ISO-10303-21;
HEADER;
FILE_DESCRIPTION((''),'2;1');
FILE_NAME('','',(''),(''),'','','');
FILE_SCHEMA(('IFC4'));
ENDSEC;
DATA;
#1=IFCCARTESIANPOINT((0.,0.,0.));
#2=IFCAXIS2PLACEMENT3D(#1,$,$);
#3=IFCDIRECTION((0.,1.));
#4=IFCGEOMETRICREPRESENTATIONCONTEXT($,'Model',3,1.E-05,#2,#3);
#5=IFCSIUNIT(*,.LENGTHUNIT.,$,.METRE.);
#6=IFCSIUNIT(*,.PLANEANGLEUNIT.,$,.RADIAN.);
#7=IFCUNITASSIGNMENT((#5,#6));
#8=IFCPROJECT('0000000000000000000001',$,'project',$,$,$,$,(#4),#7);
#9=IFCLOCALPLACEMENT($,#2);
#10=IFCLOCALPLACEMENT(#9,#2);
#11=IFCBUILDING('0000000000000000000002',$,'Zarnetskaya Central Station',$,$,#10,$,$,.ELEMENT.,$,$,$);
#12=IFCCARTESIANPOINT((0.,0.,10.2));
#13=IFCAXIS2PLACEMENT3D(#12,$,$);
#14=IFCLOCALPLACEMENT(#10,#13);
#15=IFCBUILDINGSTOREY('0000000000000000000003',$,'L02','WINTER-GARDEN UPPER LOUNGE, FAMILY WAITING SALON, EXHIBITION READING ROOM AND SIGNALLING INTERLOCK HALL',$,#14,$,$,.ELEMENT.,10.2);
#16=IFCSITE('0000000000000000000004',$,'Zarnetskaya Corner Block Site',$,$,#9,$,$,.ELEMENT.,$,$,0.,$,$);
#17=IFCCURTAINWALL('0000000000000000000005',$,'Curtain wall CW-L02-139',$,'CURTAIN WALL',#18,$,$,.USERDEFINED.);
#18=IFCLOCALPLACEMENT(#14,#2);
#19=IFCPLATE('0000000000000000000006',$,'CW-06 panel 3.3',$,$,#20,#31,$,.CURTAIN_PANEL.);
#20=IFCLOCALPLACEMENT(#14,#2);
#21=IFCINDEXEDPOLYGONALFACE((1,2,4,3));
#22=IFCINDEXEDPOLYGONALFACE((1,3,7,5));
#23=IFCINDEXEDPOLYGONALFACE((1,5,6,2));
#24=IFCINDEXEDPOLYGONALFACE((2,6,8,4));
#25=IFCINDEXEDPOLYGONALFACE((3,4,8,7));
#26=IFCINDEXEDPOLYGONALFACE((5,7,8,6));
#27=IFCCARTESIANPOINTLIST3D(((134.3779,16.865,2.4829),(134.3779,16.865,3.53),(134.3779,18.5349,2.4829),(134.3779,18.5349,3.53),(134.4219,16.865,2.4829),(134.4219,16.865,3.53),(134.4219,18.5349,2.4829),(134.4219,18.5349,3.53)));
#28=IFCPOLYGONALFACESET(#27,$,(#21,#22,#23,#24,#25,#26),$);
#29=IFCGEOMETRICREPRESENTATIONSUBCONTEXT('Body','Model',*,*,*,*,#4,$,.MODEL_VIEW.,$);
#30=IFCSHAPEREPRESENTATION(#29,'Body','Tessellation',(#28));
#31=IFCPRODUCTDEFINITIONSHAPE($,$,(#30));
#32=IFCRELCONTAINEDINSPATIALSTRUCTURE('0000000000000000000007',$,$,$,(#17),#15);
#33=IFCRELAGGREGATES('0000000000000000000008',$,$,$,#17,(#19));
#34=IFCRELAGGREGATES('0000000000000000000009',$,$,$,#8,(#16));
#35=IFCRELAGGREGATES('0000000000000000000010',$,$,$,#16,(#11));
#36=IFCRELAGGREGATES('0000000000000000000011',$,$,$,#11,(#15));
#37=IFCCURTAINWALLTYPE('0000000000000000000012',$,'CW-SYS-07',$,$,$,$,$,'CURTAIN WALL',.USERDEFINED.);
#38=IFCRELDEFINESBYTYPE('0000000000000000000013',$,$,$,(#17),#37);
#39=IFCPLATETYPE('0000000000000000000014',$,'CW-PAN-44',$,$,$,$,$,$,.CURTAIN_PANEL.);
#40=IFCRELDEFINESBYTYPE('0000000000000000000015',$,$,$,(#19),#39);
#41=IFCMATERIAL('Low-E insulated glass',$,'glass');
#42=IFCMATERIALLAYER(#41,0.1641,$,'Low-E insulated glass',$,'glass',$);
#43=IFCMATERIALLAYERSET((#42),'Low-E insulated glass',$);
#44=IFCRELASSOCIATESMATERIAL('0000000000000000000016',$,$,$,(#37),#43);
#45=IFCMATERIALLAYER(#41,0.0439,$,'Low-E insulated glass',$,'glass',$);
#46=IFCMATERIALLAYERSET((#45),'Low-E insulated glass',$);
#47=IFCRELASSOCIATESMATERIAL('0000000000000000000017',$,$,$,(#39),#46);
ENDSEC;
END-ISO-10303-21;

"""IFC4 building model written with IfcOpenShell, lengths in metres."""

from ifc_helpers import new_model, si_unit, direction, frame, origin, origin_2d, place, context, subcontext, project, spatial, rectangle, extrude, material, layer, layer_set, type_object, element, aggregate, save


model = new_model("IFC4")

# Units and contexts
model_context = context("Model", 3, precision=1e-05, world=origin(), true_north=direction((0.0, 1.0)))
body_context = subcontext(model_context, "Body", "Model", "MODEL_VIEW")
ifc_project = project(units=[si_unit("LENGTHUNIT", "METRE"), si_unit("PLANEANGLEUNIT", "RADIAN")], contexts=[model_context])

# Site, building, storey
site_placement = place(None, origin())
site = spatial("IfcSite", under=ifc_project, at=site_placement, Name="Zarnetskaya Corner Block Site", CompositionType="ELEMENT", RefElevation=0.0)
building_placement = place(site_placement, origin())
building = spatial("IfcBuilding", under=site, at=building_placement, Name="Zarnetskaya Central Station", CompositionType="ELEMENT")
storey_placement = place(building_placement, frame((0.0, 0.0, 10.2)))
storey = spatial("IfcBuildingStorey", under=building, at=storey_placement, Name="L02", Description="WINTER-GARDEN UPPER LOUNGE, FAMILY WAITING SALON, EXHIBITION READING ROOM AND SIGNALLING INTERLOCK HALL", CompositionType="ELEMENT", Elevation=10.2)

# Curtain wall
ifc_material_1 = material(Name="Low-E insulated glass", Category="glass")
ifc_layer_1 = layer(ifc_material_1, 0.1641, Name="Low-E insulated glass", Category="glass")
ifc_layer_set_1 = layer_set([ifc_layer_1], Name="Low-E insulated glass")
curtain_wall_type = type_object("IfcCurtainWallType", Name="CW-SYS-07", ElementType="CURTAIN WALL", PredefinedType="USERDEFINED", material=ifc_layer_set_1)
curtain_wall_placement = place(storey_placement, origin())
curtain_wall = element("IfcCurtainWall", 1, at=curtain_wall_placement, inside=storey, type_object=curtain_wall_type, Name="Curtain wall CW-L02-139", ObjectType="CURTAIN WALL", PredefinedType="USERDEFINED")

# Plate
ifc_layer_2 = layer(ifc_material_1, 0.0439, Name="Low-E insulated glass", Category="glass")
ifc_layer_set_2 = layer_set([ifc_layer_2], Name="Low-E insulated glass")
plate_type = type_object("IfcPlateType", Name="CW-PAN-44", PredefinedType="CURTAIN_PANEL", material=ifc_layer_set_2)
plate_1_placement = place(storey_placement, frame((134.3999, 17.7, 2.4829), z_axis=(0.0, 0.0, 1.0), x_axis=(0.0, -1.0, 0.0)))
plate_1 = element("IfcPlate", 2, at=plate_1_placement, type_object=plate_type, Name="CW-06 panel 3.3", PredefinedType="CURTAIN_PANEL", context=body_context, shape_type="SweptSolid", body=[
    extrude(rectangle(XDim=1.6699, YDim=0.0439, at=origin_2d()), origin(), (0.0, 0.0, 1.0), 1.0471),
])
aggregate(curtain_wall, [plate_1])

save(model, "model.ifc")
